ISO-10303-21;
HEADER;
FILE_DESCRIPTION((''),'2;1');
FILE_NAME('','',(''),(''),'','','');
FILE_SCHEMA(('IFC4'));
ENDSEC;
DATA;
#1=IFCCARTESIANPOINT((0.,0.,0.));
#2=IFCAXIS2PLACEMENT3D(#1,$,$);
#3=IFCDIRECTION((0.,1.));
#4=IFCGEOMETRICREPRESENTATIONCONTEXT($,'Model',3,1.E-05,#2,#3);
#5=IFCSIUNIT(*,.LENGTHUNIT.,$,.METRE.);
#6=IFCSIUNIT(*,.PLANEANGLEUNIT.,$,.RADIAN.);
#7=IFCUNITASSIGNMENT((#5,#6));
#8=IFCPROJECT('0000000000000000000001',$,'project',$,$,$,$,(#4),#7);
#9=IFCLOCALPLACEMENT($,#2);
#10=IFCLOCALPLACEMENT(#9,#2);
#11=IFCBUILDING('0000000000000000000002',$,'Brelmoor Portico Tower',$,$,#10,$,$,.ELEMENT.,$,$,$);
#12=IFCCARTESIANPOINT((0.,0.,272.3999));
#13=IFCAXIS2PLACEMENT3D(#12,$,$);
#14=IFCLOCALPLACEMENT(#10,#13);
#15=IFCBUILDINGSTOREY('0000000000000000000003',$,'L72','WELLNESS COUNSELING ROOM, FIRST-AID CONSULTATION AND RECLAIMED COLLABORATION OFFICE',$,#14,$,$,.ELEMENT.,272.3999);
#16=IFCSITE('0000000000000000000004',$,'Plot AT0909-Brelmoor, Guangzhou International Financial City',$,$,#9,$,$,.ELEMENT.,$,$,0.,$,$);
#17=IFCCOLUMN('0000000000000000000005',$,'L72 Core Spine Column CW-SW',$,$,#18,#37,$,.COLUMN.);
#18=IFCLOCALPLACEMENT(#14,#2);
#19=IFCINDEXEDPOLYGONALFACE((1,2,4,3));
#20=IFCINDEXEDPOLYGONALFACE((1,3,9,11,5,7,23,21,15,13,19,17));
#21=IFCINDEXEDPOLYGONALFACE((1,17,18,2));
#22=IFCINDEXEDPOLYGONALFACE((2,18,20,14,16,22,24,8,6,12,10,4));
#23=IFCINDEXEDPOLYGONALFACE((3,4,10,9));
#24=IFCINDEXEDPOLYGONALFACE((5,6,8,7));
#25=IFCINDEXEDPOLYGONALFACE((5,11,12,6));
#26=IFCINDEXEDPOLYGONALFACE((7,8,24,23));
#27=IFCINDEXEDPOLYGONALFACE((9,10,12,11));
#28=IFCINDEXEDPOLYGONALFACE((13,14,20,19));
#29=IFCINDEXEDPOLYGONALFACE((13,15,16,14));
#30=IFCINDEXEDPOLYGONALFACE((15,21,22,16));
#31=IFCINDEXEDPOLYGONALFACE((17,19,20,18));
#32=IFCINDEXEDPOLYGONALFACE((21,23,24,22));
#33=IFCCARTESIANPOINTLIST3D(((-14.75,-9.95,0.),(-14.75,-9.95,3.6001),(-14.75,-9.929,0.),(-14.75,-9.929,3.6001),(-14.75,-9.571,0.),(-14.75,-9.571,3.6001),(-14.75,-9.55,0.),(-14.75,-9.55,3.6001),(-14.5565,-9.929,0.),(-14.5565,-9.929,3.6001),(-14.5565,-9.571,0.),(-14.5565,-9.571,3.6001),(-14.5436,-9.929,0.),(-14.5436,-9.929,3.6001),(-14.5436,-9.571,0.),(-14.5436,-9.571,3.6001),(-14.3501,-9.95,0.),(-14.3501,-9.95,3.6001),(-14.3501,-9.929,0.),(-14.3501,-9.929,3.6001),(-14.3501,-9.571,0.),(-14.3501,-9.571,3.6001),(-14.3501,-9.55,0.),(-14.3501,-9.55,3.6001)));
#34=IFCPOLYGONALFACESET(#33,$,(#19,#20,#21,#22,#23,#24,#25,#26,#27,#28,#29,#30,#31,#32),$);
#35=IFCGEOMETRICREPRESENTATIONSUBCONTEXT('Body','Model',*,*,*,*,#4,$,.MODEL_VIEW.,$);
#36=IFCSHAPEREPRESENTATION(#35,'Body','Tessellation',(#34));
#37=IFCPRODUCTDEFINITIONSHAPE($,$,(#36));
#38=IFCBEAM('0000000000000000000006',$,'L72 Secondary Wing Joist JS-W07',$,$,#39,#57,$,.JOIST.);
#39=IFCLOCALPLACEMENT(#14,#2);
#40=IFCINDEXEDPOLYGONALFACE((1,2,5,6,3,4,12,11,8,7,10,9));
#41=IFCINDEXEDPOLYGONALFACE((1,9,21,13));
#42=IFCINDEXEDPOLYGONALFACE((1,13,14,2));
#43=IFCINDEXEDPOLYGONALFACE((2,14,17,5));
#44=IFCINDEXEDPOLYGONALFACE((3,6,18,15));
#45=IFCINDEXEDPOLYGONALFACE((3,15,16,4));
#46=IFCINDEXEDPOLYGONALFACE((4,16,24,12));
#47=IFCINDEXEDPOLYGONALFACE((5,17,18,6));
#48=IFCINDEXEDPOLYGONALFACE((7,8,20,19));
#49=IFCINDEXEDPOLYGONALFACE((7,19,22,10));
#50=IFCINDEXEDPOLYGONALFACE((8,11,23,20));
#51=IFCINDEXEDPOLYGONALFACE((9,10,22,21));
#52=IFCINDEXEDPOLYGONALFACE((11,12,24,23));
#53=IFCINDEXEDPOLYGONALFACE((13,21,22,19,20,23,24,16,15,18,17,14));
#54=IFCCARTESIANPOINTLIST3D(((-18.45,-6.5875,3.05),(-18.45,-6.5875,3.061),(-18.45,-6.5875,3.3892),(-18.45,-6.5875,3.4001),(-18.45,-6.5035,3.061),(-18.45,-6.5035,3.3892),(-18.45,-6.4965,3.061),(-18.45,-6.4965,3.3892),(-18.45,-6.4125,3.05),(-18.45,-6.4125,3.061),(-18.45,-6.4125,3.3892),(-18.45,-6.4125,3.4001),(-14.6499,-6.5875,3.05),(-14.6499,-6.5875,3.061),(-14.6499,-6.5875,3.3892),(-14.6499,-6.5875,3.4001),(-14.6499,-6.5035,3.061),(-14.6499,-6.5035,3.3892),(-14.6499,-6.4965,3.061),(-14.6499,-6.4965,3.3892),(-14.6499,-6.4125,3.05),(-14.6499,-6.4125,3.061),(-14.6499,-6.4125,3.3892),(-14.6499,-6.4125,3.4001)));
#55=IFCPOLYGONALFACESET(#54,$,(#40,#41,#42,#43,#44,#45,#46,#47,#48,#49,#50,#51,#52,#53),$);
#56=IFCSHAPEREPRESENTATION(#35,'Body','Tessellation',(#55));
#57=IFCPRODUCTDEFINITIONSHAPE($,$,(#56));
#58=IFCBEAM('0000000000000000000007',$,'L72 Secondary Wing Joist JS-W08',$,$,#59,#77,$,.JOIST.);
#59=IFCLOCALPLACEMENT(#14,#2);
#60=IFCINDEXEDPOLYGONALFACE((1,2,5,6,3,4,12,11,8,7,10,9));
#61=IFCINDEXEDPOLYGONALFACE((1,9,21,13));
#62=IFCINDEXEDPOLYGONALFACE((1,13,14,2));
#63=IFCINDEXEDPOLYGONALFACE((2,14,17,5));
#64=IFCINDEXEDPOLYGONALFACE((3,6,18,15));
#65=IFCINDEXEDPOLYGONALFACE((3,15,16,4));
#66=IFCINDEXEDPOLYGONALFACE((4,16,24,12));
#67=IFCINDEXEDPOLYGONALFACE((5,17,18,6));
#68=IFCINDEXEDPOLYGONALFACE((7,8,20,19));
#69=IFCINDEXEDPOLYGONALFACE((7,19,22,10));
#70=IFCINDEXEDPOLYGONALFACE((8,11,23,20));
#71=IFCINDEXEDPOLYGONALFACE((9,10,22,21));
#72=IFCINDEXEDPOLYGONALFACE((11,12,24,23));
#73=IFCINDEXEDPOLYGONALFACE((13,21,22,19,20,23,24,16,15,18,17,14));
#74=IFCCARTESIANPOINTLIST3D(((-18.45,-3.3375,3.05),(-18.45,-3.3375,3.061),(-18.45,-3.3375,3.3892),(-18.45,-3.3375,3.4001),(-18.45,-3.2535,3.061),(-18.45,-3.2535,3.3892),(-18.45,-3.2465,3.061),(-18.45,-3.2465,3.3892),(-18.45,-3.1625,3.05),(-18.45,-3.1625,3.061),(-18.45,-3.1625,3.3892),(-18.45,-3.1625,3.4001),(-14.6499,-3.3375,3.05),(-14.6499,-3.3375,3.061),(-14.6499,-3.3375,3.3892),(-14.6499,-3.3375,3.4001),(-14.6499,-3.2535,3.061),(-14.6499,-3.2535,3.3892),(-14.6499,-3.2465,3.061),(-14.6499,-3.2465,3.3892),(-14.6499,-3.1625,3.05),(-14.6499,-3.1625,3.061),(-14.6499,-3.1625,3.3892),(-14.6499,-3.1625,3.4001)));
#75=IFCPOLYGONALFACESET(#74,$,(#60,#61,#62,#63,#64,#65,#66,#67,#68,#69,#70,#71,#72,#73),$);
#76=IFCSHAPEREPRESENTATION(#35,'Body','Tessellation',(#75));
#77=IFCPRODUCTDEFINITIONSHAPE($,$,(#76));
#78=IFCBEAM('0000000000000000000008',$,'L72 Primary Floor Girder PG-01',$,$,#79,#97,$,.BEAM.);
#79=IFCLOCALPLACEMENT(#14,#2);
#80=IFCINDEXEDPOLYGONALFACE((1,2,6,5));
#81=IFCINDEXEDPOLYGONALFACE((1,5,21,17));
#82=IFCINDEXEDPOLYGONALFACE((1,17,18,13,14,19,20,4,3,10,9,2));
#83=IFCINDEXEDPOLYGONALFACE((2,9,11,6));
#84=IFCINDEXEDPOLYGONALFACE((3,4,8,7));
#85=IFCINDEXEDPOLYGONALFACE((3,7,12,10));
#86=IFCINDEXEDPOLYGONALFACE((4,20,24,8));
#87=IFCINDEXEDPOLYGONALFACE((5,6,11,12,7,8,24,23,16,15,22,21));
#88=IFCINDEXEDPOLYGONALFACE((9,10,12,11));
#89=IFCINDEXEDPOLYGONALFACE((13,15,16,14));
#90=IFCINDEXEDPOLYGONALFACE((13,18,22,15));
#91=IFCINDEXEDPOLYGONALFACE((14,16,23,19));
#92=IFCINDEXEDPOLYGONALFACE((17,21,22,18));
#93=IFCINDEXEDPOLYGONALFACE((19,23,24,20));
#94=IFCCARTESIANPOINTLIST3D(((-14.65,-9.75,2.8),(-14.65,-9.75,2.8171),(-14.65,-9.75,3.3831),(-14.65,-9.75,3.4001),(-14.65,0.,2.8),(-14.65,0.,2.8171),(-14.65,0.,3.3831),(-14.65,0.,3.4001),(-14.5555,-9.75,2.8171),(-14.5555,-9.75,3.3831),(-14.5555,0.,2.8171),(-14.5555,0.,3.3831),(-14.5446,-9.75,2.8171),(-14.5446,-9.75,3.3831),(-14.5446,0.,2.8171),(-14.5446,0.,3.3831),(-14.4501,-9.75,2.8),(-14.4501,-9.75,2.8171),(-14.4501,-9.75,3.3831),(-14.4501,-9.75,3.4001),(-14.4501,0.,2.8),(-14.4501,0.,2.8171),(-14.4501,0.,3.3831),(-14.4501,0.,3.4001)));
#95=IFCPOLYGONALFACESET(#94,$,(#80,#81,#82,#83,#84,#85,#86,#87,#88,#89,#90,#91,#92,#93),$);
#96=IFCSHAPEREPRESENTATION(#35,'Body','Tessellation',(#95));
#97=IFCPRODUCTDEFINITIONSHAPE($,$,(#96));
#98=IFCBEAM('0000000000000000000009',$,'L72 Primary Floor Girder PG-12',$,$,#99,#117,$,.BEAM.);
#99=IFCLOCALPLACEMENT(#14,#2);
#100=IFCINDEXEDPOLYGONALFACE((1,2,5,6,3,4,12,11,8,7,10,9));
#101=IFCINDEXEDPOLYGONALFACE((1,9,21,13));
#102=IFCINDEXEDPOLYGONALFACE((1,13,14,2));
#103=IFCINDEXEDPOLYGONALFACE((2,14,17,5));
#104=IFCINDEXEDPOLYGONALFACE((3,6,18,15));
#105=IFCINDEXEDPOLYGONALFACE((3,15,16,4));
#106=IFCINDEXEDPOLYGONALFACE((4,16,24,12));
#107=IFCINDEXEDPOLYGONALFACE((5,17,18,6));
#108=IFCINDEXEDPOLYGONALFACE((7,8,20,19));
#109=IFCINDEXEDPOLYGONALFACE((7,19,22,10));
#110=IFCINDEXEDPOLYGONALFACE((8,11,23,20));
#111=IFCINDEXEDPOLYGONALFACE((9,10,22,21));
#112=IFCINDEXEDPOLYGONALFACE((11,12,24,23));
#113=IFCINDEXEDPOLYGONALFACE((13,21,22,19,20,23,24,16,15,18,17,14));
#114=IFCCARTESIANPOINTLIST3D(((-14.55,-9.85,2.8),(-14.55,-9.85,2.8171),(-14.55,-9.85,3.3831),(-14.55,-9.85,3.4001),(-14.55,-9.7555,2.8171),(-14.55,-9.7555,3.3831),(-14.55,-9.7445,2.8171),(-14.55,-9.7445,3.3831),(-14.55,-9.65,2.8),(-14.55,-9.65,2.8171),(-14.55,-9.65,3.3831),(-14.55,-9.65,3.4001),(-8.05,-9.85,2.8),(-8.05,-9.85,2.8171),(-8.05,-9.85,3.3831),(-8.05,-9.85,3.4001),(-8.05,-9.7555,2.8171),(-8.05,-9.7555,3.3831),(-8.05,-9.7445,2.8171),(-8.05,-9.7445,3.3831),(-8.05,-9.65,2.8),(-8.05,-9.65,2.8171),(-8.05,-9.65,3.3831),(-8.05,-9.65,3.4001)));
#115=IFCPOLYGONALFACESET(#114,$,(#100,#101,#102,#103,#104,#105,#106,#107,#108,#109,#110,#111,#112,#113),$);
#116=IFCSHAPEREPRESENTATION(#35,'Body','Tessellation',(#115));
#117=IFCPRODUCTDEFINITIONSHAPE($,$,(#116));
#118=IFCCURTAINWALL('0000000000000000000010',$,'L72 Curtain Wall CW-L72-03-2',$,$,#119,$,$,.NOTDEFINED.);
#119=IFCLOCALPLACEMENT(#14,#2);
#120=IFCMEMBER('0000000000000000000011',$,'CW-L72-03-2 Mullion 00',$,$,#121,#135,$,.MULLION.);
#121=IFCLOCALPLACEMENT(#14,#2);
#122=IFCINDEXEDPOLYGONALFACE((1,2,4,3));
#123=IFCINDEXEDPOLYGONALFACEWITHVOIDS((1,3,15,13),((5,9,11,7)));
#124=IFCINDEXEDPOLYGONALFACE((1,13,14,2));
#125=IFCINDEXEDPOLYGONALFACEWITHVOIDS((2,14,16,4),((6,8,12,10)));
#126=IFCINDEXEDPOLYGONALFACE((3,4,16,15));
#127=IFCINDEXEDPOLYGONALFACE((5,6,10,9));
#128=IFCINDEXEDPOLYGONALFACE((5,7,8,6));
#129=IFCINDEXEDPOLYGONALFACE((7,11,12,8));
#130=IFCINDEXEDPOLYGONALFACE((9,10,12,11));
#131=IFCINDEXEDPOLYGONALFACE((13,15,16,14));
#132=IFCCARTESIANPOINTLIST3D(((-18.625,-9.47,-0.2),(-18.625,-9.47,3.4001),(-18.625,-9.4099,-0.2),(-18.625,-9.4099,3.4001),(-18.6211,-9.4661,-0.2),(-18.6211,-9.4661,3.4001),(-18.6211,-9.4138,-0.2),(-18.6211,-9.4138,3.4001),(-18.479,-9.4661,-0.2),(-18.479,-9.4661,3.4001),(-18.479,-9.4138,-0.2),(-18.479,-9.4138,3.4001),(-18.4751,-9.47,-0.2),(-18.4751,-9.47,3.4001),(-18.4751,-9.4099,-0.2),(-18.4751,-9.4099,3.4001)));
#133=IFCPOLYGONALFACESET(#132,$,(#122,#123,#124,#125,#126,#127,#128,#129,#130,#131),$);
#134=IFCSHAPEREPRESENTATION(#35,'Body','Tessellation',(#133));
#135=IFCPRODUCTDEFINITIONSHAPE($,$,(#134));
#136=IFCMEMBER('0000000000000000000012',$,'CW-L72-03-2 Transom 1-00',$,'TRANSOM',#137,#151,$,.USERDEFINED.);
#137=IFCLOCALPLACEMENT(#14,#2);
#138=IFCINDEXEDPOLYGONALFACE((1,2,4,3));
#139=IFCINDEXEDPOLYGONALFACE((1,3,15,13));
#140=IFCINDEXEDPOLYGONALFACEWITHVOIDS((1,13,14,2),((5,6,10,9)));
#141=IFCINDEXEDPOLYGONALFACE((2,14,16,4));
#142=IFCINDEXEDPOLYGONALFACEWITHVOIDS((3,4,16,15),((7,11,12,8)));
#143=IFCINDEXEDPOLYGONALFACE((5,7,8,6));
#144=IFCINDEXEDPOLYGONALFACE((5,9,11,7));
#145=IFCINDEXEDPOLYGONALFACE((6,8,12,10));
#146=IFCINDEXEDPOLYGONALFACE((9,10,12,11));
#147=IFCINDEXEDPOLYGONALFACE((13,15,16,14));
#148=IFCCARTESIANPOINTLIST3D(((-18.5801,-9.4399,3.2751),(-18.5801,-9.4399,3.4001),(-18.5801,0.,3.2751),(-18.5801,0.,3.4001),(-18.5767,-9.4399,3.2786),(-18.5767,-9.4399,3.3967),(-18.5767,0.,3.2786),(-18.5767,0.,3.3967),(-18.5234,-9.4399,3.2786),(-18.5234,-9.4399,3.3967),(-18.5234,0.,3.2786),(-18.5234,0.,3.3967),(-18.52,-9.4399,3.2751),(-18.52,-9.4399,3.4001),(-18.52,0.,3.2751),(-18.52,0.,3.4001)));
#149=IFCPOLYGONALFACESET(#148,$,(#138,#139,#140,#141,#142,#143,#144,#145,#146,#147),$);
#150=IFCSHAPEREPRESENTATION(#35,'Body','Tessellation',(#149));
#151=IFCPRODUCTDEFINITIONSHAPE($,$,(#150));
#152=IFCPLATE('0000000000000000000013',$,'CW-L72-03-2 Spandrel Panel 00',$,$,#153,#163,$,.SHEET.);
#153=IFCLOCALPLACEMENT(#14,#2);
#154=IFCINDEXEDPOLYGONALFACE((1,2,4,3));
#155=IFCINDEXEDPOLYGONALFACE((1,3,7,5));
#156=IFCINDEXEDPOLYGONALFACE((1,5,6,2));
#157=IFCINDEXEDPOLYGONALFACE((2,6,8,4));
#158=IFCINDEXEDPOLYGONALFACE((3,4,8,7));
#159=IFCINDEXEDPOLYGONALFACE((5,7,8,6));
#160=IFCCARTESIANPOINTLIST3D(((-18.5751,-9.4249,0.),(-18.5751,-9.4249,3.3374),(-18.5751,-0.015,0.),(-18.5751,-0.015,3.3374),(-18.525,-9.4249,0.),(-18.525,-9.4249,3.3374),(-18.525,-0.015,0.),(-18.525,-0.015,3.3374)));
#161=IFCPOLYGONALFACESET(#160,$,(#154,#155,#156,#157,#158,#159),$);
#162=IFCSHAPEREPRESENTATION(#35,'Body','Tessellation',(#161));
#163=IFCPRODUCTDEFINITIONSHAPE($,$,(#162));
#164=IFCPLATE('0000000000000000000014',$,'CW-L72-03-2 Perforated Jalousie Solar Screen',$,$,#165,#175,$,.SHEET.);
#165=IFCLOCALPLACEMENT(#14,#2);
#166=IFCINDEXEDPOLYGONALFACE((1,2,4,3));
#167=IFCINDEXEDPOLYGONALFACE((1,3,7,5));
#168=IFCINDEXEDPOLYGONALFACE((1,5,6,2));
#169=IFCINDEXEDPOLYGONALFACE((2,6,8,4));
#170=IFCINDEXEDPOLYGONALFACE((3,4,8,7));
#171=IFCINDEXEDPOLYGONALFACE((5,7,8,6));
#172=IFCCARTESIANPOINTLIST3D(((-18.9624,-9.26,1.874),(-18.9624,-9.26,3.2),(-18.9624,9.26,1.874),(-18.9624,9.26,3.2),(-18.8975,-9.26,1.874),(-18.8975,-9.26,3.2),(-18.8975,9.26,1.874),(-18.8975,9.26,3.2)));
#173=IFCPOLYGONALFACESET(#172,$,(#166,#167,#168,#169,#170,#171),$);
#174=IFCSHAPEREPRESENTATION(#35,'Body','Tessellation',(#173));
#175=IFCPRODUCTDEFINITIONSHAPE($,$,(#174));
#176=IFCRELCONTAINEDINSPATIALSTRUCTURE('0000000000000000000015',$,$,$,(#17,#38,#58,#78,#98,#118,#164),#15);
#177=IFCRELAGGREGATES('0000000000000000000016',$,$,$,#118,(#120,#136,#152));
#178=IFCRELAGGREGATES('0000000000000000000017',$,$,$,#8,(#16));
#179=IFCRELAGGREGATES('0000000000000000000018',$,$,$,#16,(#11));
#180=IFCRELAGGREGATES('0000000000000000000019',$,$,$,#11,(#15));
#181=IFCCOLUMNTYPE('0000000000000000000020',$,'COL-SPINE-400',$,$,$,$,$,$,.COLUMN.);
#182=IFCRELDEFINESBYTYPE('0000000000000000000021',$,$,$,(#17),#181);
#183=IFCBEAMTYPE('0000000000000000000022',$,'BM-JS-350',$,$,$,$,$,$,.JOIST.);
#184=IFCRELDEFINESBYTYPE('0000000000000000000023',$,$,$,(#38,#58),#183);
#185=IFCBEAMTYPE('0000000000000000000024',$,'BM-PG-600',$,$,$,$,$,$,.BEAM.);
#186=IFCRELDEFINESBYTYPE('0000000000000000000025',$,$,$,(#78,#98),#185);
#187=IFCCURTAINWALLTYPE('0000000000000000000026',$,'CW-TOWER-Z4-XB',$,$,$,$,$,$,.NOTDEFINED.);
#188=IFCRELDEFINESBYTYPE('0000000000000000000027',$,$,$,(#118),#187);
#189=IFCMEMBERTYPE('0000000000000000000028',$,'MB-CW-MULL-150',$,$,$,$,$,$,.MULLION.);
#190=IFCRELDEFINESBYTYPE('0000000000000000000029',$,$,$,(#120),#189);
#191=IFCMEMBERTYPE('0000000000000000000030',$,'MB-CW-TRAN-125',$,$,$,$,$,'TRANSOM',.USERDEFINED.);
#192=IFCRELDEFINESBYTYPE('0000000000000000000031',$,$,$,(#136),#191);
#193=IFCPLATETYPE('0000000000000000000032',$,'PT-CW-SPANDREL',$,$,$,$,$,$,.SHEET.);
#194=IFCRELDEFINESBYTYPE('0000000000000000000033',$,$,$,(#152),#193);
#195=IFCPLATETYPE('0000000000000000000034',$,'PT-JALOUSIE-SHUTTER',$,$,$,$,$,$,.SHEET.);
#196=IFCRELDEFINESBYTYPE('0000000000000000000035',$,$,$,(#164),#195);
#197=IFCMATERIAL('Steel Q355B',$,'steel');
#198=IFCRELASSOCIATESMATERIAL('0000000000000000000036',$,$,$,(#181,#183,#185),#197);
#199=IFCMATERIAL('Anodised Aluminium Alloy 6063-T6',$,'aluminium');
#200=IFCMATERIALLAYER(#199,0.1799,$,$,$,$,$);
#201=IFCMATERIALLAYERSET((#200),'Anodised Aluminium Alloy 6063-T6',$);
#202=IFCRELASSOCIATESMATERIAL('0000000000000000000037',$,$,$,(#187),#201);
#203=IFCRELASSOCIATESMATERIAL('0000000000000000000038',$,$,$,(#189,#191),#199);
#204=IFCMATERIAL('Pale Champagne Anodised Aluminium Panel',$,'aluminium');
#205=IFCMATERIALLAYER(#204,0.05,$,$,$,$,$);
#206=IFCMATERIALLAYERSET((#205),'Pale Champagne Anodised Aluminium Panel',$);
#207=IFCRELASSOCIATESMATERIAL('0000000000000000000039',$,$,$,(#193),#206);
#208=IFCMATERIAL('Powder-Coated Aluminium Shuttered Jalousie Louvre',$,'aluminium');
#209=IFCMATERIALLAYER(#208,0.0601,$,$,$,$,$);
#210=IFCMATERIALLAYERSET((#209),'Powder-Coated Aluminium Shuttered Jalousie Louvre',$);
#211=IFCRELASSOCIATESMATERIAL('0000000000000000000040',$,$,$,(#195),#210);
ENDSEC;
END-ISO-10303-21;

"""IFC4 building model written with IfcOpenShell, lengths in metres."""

from ifc_helpers import new_model, si_unit, direction, frame, origin, origin_2d, place, context, subcontext, project, spatial, rectangle, hollow_rectangle, i_section, extrude, material, layer, layer_set, material_profile, profile_set, type_object, element, aggregate, save


model = new_model("IFC4")

# Units and contexts
model_context = context("Model", 3, precision=1e-05, world=origin(), true_north=direction((0.0, 1.0)))
body_context = subcontext(model_context, "Body", "Model", "MODEL_VIEW")
ifc_project = project(units=[si_unit("LENGTHUNIT", "METRE"), si_unit("PLANEANGLEUNIT", "RADIAN")], contexts=[model_context])

# Site, building, storey
site_placement = place(None, origin())
site = spatial("IfcSite", under=ifc_project, at=site_placement, Name="Plot AT0909-Brelmoor, Guangzhou International Financial City", CompositionType="ELEMENT", RefElevation=0.0)
building_placement = place(site_placement, origin())
building = spatial("IfcBuilding", under=site, at=building_placement, Name="Brelmoor Portico Tower", CompositionType="ELEMENT")
storey_placement = place(building_placement, frame((0.0, 0.0, 272.3999)))
storey = spatial("IfcBuildingStorey", under=building, at=storey_placement, Name="L72", Description="WELLNESS COUNSELING ROOM, FIRST-AID CONSULTATION AND RECLAIMED COLLABORATION OFFICE", CompositionType="ELEMENT", Elevation=272.3999)

# Column
ifc_material_1 = material(Name="Steel Q355B", Category="steel")
ifc_material_profile_1 = material_profile(ifc_material_1, i_section(OverallWidth=0.3999, OverallDepth=0.3999, WebThickness=0.0129, FlangeThickness=0.021, at=origin_2d()), Name="HW 400x400x13x21")
ifc_profile_set_1 = profile_set([ifc_material_profile_1], Name="Steel Q355B")
column_type = type_object("IfcColumnType", Name="COL-SPINE-400", PredefinedType="COLUMN", material=ifc_profile_set_1)
column_placement = place(storey_placement, frame((-14.55, -9.75, 0.0), z_axis=(0.0, 0.0, 1.0), x_axis=(1.0, 0.0, 0.0)))
element("IfcColumn", 1, at=column_placement, inside=storey, type_object=column_type, Name="L72 Core Spine Column CW-SW", PredefinedType="COLUMN", context=body_context, shape_type="SweptSolid", body=[
    extrude(i_section(OverallWidth=0.3999, OverallDepth=0.3999, WebThickness=0.0129, FlangeThickness=0.021, at=origin_2d()), origin(), (0.0, 0.0, 1.0), 3.6001),
])

# Beams
ifc_material_profile_2 = material_profile(ifc_material_1, i_section(OverallWidth=0.175, OverallDepth=0.3501, WebThickness=0.0071, FlangeThickness=0.011, at=origin_2d()), Name="HN 350x175x7x11")
ifc_profile_set_2 = profile_set([ifc_material_profile_2], Name="Steel Q355B")
beam_type_1 = type_object("IfcBeamType", Name="BM-JS-350", PredefinedType="JOIST", material=ifc_profile_set_2)
for number, where, z_axis, x_axis, name in (
    (2, (-18.45, -6.5, 3.2251), (1.0, 0.0, 0.0), (0.0, 1.0, 0.0), "L72 Secondary Wing Joist JS-W07"),
    (3, (-18.45, -3.25, 3.2251), (1.0, 0.0, 0.0), (0.0, 1.0, 0.0), "L72 Secondary Wing Joist JS-W08"),
):
    element("IfcBeam", number, at=place(storey_placement, frame(where, z_axis=z_axis, x_axis=x_axis)), inside=storey, type_object=beam_type_1, Name=name, PredefinedType="JOIST", context=body_context, shape_type="SweptSolid", body=[
        extrude(i_section(OverallWidth=0.175, OverallDepth=0.3501, WebThickness=0.0071, FlangeThickness=0.011, at=origin_2d()), origin(), (0.0, 0.0, 1.0), 3.8),
    ])
ifc_material_profile_3 = material_profile(ifc_material_1, i_section(OverallWidth=0.2, OverallDepth=0.6001, WebThickness=0.011, FlangeThickness=0.0171, at=origin_2d()), Name="HN 600x200x11x17")
ifc_profile_set_3 = profile_set([ifc_material_profile_3], Name="Steel Q355B")
beam_type_2 = type_object("IfcBeamType", Name="BM-PG-600", PredefinedType="BEAM", material=ifc_profile_set_3)
beam_1_placement = place(storey_placement, frame((-14.55, -9.75, 3.1001), z_axis=(0.0, 1.0, 0.0), x_axis=(-1.0, 0.0, 0.0)))
element("IfcBeam", 4, at=beam_1_placement, inside=storey, type_object=beam_type_2, Name="L72 Primary Floor Girder PG-01", PredefinedType="BEAM", context=body_context, shape_type="SweptSolid", body=[
    extrude(i_section(OverallWidth=0.2, OverallDepth=0.6001, WebThickness=0.011, FlangeThickness=0.0171, at=origin_2d()), origin(), (0.0, 0.0, 1.0), 9.75),
])
beam_2_placement = place(storey_placement, frame((-14.55, -9.75, 3.1001), z_axis=(1.0, 0.0, 0.0), x_axis=(0.0, 1.0, 0.0)))
element("IfcBeam", 5, at=beam_2_placement, inside=storey, type_object=beam_type_2, Name="L72 Primary Floor Girder PG-12", PredefinedType="BEAM", context=body_context, shape_type="SweptSolid", body=[
    extrude(i_section(OverallWidth=0.2, OverallDepth=0.6001, WebThickness=0.011, FlangeThickness=0.0171, at=origin_2d()), origin(), (0.0, 0.0, 1.0), 6.5),
])

# Curtain wall, members, plate
ifc_material_2 = material(Name="Anodised Aluminium Alloy 6063-T6", Category="aluminium")
ifc_layer_1 = layer(ifc_material_2, 0.1799)
ifc_layer_set_1 = layer_set([ifc_layer_1], Name="Anodised Aluminium Alloy 6063-T6")
curtain_wall_type = type_object("IfcCurtainWallType", Name="CW-TOWER-Z4-XB", PredefinedType="NOTDEFINED", material=ifc_layer_set_1)
curtain_wall_placement = place(storey_placement, origin())
curtain_wall = element("IfcCurtainWall", 6, at=curtain_wall_placement, inside=storey, type_object=curtain_wall_type, Name="L72 Curtain Wall CW-L72-03-2", PredefinedType="NOTDEFINED")
ifc_material_profile_4 = material_profile(ifc_material_2, hollow_rectangle(XDim=0.0601, YDim=0.1499, WallThickness=0.0039, at=origin_2d()), Name="ALU MULLION 60x150")
ifc_profile_set_4 = profile_set([ifc_material_profile_4], Name="Anodised Aluminium Alloy 6063-T6")
member_type_1 = type_object("IfcMemberType", Name="MB-CW-MULL-150", PredefinedType="MULLION", material=ifc_profile_set_4)
member_1_placement = place(storey_placement, frame((-18.55, -9.4399, -0.2), z_axis=(0.0, 0.0, 1.0), x_axis=(0.0, 1.0, 0.0)))
member_1 = element("IfcMember", 7, at=member_1_placement, type_object=member_type_1, Name="CW-L72-03-2 Mullion 00", PredefinedType="MULLION", context=body_context, shape_type="SweptSolid", body=[
    extrude(hollow_rectangle(XDim=0.0601, YDim=0.1499, WallThickness=0.0039, at=origin_2d()), origin(), (0.0, 0.0, 1.0), 3.6001),
])
ifc_material_profile_5 = material_profile(ifc_material_2, hollow_rectangle(XDim=0.0601, YDim=0.125, WallThickness=0.0034, at=origin_2d()), Name="ALU TRANSOM 60x125")
ifc_profile_set_5 = profile_set([ifc_material_profile_5], Name="Anodised Aluminium Alloy 6063-T6")
member_type_2 = type_object("IfcMemberType", Name="MB-CW-TRAN-125", ElementType="TRANSOM", PredefinedType="USERDEFINED", material=ifc_profile_set_5)
member_2_placement = place(storey_placement, frame((-18.55, -9.4399, 3.3376), z_axis=(0.0, 1.0, 0.0), x_axis=(-1.0, 0.0, 0.0)))
member_2 = element("IfcMember", 8, at=member_2_placement, type_object=member_type_2, Name="CW-L72-03-2 Transom 1-00", ObjectType="TRANSOM", PredefinedType="USERDEFINED", context=body_context, shape_type="SweptSolid", body=[
    extrude(hollow_rectangle(XDim=0.0601, YDim=0.125, WallThickness=0.0034, at=origin_2d()), origin(), (0.0, 0.0, 1.0), 9.4399),
])
ifc_material_3 = material(Name="Pale Champagne Anodised Aluminium Panel", Category="aluminium")
ifc_layer_2 = layer(ifc_material_3, 0.05)
ifc_layer_set_2 = layer_set([ifc_layer_2], Name="Pale Champagne Anodised Aluminium Panel")
plate_type_1 = type_object("IfcPlateType", Name="PT-CW-SPANDREL", PredefinedType="SHEET", material=ifc_layer_set_2)
plate_1_placement = place(storey_placement, frame((-18.55, -4.72, 0.0), z_axis=(0.0, 0.0, 1.0), x_axis=(0.0, 1.0, 0.0)))
plate_1 = element("IfcPlate", 9, at=plate_1_placement, type_object=plate_type_1, Name="CW-L72-03-2 Spandrel Panel 00", PredefinedType="SHEET", context=body_context, shape_type="SweptSolid", body=[
    extrude(rectangle(XDim=9.4099, YDim=0.05, at=origin_2d()), origin(), (0.0, 0.0, 1.0), 3.3374),
])
aggregate(curtain_wall, [member_1, member_2, plate_1])

# Plate
ifc_material_4 = material(Name="Powder-Coated Aluminium Shuttered Jalousie Louvre", Category="aluminium")
ifc_layer_3 = layer(ifc_material_4, 0.0601)
ifc_layer_set_3 = layer_set([ifc_layer_3], Name="Powder-Coated Aluminium Shuttered Jalousie Louvre")
plate_type_2 = type_object("IfcPlateType", Name="PT-JALOUSIE-SHUTTER", PredefinedType="SHEET", material=ifc_layer_set_3)
plate_2_placement = place(storey_placement, frame((-18.9299, 0.0, 1.874), z_axis=(0.0, 0.0, 1.0), x_axis=(0.0, 1.0, 0.0)))
element("IfcPlate", 10, at=plate_2_placement, inside=storey, type_object=plate_type_2, Name="CW-L72-03-2 Perforated Jalousie Solar Screen", PredefinedType="SHEET", context=body_context, shape_type="SweptSolid", body=[
    extrude(rectangle(XDim=18.52, YDim=0.0649, at=origin_2d()), origin(), (0.0, 0.0, 1.0), 1.3259),
])

save(model, "model.ifc")
